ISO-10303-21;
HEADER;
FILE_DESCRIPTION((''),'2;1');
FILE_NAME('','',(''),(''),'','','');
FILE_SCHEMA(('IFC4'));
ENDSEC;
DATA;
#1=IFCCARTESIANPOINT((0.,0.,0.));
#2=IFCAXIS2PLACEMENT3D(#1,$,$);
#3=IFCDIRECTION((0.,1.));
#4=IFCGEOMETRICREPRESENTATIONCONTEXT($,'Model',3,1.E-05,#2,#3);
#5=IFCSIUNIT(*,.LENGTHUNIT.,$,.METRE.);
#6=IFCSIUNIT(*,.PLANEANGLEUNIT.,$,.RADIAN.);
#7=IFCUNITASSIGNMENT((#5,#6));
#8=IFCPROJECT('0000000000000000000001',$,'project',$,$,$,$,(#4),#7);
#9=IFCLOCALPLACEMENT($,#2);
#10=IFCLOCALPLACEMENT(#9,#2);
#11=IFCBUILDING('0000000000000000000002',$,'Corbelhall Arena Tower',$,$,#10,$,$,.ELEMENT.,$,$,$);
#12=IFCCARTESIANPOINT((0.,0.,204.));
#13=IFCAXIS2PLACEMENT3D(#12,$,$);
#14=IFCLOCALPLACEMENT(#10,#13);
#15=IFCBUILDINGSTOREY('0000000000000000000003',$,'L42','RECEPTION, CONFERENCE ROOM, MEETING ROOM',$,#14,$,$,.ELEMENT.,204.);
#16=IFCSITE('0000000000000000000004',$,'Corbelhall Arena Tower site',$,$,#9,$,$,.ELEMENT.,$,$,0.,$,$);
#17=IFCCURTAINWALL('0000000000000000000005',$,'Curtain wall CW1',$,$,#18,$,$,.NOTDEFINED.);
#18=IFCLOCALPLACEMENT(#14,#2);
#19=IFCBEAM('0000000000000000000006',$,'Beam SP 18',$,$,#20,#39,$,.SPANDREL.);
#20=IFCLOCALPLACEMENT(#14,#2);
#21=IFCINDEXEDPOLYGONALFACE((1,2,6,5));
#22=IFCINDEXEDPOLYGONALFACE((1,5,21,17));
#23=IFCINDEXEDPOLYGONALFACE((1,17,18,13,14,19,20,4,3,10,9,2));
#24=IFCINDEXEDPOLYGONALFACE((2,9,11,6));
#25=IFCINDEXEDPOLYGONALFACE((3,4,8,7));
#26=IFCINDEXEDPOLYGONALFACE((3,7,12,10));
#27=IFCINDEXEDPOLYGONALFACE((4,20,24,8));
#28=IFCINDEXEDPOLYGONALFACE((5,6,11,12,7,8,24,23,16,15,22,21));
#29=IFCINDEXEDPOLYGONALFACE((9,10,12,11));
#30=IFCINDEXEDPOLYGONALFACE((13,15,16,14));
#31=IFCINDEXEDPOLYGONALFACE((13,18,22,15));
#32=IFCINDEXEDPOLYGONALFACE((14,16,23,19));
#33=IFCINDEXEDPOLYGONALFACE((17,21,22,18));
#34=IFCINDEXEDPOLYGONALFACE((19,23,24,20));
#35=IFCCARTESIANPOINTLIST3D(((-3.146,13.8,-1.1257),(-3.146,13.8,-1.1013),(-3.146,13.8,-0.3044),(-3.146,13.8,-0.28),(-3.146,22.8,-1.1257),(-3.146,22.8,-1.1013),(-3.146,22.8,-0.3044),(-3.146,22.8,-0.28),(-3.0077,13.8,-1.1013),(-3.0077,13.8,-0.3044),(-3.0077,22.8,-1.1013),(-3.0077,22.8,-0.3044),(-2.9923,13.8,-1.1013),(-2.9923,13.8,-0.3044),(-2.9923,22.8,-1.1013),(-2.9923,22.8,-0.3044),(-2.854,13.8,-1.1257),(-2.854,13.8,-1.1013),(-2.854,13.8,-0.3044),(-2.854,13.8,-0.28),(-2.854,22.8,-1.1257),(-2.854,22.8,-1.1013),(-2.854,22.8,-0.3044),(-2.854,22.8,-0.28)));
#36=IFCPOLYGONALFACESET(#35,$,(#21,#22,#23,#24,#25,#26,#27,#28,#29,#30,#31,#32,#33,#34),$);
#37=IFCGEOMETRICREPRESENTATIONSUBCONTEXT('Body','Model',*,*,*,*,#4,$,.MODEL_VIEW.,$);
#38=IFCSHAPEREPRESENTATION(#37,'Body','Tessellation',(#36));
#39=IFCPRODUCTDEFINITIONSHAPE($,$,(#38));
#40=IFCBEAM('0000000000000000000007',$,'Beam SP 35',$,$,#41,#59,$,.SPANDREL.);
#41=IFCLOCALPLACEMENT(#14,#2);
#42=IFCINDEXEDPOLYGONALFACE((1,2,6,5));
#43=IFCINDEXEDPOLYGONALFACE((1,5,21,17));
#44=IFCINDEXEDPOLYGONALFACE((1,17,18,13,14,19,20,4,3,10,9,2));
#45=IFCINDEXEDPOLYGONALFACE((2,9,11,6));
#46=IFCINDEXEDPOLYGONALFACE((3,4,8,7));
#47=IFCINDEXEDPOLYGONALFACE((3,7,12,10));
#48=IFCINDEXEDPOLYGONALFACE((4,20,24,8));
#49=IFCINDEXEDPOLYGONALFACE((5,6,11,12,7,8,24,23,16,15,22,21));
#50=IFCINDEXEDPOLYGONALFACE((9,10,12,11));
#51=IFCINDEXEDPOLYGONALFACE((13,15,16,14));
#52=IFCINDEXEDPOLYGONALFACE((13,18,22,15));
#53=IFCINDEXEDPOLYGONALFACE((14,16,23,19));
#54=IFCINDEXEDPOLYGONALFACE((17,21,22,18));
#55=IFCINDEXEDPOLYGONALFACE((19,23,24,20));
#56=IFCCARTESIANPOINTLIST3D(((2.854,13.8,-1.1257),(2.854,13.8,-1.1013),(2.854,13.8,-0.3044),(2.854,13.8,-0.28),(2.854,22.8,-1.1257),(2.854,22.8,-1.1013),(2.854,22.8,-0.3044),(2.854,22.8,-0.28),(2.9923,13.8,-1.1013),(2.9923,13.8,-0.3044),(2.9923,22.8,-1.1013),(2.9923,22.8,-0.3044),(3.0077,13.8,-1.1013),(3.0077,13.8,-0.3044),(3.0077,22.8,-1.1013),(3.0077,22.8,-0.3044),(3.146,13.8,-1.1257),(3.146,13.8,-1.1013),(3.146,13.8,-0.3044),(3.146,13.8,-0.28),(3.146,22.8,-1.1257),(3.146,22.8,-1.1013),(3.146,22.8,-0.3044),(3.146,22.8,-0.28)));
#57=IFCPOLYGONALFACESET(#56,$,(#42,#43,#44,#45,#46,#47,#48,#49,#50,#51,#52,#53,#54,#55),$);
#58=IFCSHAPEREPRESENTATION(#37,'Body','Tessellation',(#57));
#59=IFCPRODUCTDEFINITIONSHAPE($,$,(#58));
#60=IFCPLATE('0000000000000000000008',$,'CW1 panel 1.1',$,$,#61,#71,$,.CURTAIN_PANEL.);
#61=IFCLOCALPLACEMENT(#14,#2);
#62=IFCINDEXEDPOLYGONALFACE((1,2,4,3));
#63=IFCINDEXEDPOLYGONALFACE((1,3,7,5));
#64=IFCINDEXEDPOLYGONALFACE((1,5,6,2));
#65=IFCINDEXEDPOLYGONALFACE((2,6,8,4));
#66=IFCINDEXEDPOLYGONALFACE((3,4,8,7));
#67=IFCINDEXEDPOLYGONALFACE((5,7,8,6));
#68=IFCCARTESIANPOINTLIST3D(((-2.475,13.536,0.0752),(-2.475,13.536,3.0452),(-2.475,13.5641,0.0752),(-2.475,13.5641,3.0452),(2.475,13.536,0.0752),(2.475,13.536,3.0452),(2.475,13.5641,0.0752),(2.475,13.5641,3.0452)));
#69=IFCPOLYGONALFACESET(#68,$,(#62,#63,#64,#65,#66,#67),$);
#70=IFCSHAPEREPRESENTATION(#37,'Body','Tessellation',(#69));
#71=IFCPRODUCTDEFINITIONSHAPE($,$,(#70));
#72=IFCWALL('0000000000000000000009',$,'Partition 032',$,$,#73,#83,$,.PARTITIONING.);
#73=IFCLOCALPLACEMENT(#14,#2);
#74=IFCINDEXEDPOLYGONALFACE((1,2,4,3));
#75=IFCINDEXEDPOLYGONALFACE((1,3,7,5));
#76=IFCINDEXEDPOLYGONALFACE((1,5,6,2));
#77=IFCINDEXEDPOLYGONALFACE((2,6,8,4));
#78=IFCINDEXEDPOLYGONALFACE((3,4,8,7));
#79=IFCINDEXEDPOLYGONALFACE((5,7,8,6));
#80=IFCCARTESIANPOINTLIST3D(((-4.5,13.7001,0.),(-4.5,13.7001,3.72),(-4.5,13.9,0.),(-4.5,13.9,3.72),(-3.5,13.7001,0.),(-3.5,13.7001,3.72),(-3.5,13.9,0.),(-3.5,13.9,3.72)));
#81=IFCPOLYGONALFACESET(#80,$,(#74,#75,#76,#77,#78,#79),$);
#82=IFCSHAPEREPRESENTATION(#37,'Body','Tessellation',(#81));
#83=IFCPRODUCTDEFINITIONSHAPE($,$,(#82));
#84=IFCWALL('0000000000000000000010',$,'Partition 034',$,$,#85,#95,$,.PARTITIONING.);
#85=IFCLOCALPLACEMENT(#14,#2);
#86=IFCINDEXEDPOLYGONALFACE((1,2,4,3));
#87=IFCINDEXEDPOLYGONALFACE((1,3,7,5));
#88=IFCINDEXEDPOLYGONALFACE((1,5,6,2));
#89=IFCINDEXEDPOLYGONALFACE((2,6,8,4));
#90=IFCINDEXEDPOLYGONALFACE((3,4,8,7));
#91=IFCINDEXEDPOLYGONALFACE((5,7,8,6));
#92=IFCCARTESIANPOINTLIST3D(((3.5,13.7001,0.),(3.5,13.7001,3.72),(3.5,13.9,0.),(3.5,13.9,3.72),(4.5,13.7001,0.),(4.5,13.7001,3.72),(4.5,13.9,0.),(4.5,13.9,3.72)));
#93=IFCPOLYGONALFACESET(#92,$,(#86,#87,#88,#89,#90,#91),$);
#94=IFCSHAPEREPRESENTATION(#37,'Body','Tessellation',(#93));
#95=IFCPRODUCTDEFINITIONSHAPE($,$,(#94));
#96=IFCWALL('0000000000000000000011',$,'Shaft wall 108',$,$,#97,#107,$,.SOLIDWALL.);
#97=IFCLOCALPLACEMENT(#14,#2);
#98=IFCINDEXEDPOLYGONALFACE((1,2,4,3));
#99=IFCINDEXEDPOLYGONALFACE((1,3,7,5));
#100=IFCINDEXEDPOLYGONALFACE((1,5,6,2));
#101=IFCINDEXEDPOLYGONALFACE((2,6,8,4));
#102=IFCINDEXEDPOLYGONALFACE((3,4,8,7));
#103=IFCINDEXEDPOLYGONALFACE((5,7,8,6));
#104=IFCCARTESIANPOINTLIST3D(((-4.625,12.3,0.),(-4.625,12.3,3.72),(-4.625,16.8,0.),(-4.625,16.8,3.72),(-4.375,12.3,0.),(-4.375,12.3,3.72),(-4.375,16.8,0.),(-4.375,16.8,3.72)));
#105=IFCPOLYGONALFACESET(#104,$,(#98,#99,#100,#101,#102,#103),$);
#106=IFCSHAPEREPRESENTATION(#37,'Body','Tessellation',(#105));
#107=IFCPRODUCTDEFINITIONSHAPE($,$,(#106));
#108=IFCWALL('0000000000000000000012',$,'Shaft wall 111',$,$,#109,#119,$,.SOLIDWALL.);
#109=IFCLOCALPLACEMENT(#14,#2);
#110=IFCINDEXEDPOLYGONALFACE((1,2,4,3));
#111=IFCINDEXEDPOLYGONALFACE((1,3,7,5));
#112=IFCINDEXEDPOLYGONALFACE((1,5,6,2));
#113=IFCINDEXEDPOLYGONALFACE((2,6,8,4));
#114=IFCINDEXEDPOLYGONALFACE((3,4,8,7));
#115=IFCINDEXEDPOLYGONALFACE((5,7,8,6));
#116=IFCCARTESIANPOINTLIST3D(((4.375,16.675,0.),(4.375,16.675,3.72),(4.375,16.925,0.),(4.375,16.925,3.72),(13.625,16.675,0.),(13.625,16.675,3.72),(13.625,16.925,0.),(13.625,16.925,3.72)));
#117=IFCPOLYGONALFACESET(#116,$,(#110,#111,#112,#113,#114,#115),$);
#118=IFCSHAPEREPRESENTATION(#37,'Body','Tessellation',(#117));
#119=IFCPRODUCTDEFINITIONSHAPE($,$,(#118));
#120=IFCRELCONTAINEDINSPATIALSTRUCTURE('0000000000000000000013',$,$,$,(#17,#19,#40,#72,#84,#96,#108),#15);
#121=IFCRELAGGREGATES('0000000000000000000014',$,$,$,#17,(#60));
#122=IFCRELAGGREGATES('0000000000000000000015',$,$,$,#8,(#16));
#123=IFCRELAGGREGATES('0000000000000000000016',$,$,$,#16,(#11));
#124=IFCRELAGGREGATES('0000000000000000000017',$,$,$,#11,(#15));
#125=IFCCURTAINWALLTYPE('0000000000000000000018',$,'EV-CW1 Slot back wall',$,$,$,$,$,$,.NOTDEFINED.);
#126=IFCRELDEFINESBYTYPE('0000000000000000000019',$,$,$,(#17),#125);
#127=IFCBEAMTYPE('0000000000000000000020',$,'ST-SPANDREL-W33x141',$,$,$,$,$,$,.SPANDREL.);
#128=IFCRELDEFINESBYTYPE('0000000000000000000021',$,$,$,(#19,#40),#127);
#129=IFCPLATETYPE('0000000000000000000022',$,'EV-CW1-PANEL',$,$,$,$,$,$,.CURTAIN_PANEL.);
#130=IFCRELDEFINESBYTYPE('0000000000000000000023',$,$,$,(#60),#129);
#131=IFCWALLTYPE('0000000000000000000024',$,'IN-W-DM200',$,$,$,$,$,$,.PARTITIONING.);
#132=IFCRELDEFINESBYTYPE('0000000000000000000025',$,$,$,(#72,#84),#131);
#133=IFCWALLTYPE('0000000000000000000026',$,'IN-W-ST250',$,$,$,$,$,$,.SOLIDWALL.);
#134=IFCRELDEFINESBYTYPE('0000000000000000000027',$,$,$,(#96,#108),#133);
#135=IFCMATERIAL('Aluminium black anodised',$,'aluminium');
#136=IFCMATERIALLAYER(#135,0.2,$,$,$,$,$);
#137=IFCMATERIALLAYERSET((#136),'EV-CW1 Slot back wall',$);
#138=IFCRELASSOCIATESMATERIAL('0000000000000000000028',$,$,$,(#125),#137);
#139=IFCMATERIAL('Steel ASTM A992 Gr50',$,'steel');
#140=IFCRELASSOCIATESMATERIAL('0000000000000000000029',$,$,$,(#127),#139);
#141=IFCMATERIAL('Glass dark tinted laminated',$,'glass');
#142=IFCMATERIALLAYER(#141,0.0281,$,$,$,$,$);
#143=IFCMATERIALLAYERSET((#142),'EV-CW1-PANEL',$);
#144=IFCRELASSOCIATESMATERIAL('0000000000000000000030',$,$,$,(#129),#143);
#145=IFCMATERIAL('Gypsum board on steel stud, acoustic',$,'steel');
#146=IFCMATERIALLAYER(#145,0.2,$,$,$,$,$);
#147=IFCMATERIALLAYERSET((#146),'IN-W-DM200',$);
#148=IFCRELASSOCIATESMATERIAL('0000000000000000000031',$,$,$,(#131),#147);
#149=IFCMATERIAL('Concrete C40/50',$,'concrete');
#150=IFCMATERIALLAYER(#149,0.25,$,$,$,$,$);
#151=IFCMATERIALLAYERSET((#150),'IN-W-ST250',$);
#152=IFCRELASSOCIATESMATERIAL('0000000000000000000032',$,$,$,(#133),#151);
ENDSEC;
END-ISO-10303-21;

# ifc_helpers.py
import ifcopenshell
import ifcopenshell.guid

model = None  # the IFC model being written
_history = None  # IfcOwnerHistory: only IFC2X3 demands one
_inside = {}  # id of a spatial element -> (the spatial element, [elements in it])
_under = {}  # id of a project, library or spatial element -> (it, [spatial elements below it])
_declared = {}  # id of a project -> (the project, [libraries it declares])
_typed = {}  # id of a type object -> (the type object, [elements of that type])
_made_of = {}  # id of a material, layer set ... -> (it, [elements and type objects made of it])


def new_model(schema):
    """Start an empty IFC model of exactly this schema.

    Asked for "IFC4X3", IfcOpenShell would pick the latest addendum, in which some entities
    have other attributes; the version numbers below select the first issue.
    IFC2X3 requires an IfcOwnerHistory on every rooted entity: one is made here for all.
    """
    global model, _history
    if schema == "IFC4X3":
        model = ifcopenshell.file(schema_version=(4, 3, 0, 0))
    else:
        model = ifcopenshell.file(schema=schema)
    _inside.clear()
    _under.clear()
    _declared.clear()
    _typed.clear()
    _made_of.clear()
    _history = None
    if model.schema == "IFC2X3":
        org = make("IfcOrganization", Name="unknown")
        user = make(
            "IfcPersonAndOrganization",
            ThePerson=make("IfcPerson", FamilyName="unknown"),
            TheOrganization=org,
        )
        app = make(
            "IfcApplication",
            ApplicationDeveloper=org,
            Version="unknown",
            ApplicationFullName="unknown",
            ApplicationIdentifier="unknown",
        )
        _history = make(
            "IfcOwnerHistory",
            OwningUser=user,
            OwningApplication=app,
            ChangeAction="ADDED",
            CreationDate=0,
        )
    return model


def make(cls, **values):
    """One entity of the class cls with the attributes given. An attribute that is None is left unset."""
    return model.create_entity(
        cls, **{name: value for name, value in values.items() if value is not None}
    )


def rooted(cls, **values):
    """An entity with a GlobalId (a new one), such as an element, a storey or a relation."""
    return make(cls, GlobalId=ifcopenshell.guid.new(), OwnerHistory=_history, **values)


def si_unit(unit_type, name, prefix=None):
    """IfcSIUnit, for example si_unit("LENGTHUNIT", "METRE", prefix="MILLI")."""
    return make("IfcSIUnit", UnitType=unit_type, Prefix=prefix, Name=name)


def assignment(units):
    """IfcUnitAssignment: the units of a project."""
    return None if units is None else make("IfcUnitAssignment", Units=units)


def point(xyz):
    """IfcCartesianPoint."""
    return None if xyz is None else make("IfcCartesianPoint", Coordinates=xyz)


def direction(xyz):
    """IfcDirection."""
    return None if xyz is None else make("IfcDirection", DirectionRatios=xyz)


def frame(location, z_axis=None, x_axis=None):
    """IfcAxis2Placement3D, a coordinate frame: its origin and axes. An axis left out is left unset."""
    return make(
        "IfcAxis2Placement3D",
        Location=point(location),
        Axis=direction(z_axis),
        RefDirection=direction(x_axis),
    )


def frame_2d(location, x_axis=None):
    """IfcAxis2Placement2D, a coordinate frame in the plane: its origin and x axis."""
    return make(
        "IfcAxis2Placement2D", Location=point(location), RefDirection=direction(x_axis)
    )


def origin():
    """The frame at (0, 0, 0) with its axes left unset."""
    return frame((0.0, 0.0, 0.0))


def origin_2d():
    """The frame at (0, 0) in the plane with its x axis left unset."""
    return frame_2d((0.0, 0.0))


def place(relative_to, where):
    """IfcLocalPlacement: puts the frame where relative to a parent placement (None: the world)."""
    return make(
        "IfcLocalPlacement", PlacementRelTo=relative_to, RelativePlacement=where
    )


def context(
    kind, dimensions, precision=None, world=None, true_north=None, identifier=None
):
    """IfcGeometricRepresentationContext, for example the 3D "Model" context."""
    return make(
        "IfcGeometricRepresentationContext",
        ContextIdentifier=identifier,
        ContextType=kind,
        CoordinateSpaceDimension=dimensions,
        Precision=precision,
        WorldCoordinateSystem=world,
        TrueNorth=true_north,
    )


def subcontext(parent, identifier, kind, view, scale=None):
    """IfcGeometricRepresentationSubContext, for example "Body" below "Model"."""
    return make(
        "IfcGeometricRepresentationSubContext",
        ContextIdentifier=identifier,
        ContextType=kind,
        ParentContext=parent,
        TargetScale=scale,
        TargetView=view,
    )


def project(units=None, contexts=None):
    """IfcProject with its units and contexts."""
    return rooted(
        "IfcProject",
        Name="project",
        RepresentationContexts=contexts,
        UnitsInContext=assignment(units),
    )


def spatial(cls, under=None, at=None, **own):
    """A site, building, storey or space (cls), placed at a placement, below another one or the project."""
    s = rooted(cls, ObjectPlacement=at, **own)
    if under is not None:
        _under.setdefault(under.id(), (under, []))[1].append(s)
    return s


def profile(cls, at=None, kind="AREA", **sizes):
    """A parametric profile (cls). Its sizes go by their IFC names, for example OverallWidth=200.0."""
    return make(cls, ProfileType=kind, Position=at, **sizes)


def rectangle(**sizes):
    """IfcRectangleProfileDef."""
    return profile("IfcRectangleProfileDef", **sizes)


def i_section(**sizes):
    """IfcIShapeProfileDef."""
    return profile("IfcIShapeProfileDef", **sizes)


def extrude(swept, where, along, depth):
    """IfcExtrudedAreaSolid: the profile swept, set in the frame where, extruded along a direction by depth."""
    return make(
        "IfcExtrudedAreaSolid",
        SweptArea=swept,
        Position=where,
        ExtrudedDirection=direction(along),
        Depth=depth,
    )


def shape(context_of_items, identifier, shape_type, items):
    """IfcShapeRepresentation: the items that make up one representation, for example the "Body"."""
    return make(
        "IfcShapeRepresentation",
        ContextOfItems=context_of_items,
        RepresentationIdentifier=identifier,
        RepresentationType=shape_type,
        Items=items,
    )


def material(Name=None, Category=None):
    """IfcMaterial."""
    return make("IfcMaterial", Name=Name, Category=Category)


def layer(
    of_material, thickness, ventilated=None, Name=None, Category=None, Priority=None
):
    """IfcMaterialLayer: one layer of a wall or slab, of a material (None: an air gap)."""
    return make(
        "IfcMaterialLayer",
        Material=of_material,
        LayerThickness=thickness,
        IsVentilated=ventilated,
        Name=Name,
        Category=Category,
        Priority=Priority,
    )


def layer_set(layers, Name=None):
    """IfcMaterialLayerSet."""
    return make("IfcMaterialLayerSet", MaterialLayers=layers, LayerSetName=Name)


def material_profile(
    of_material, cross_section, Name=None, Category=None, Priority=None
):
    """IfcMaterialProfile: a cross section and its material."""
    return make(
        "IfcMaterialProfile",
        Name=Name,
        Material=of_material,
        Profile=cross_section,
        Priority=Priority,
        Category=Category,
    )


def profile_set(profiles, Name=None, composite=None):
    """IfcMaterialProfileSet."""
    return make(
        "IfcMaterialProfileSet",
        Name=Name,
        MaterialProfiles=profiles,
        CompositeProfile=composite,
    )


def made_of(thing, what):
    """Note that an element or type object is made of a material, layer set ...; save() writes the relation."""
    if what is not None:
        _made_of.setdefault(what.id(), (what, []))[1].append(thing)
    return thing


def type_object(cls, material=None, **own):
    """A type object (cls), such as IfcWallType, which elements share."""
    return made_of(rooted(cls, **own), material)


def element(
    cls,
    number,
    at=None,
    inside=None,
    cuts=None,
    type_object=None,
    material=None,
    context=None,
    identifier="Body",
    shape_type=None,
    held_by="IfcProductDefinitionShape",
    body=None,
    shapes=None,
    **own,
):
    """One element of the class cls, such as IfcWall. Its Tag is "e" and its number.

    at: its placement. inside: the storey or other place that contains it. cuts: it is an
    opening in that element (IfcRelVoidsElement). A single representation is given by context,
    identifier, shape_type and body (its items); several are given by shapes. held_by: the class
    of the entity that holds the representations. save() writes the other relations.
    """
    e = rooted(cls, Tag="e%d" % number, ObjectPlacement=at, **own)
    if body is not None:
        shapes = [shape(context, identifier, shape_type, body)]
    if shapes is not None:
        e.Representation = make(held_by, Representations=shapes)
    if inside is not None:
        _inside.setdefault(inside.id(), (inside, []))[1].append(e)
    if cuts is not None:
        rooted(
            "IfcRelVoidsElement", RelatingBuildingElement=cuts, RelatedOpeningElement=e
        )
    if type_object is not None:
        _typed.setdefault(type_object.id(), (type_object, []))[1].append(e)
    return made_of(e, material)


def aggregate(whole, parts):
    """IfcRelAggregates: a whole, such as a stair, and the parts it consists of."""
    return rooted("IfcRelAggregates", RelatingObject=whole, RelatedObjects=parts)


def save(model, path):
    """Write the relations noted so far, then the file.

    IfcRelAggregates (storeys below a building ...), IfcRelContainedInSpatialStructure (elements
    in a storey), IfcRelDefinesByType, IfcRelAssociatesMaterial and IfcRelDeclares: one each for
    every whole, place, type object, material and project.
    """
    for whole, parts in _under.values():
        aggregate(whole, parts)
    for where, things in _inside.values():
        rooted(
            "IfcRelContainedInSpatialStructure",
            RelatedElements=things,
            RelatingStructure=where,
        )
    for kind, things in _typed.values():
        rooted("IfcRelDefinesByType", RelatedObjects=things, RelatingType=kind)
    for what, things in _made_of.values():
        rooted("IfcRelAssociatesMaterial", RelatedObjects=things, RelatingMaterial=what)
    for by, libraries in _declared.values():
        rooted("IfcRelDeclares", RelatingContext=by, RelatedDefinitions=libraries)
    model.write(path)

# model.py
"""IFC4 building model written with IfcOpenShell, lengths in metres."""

from ifc_helpers import new_model, si_unit, direction, frame, frame_2d, origin, origin_2d, place, context, subcontext, project, spatial, rectangle, i_section, extrude, material, layer, layer_set, material_profile, profile_set, type_object, element, aggregate, save


model = new_model("IFC4")

# Units and contexts
model_context = context("Model", 3, precision=1e-05, world=origin(), true_north=direction((0.0, 1.0)))
body_context = subcontext(model_context, "Body", "Model", "MODEL_VIEW")
ifc_project = project(units=[si_unit("LENGTHUNIT", "METRE"), si_unit("PLANEANGLEUNIT", "RADIAN")], contexts=[model_context])

# Site, building, storey
site_placement = place(None, origin())
site = spatial("IfcSite", under=ifc_project, at=site_placement, Name="Corbelhall Arena Tower site", CompositionType="ELEMENT", RefElevation=0.0)
building_placement = place(site_placement, origin())
building = spatial("IfcBuilding", under=site, at=building_placement, Name="Corbelhall Arena Tower", CompositionType="ELEMENT")
storey_placement = place(building_placement, frame((0.0, 0.0, 204.0)))
storey = spatial("IfcBuildingStorey", under=building, at=storey_placement, Name="L42", Description="RECEPTION, CONFERENCE ROOM, MEETING ROOM", CompositionType="ELEMENT", Elevation=204.0)

# Curtain wall
ifc_material_1 = material(Name="Aluminium black anodised", Category="aluminium")
ifc_layer_1 = layer(ifc_material_1, 0.2)
ifc_layer_set_1 = layer_set([ifc_layer_1], Name="EV-CW1 Slot back wall")
curtain_wall_type = type_object("IfcCurtainWallType", Name="EV-CW1 Slot back wall", PredefinedType="NOTDEFINED", material=ifc_layer_set_1)
curtain_wall_placement = place(storey_placement, origin())
curtain_wall = element("IfcCurtainWall", 1, at=curtain_wall_placement, inside=storey, type_object=curtain_wall_type, Name="Curtain wall CW1", PredefinedType="NOTDEFINED")

# Beams
ifc_material_2 = material(Name="Steel ASTM A992 Gr50", Category="steel")
ifc_material_profile_1 = material_profile(ifc_material_2, i_section(OverallWidth=0.292, OverallDepth=0.8457, WebThickness=0.0154, FlangeThickness=0.0244, at=origin_2d()))
ifc_profile_set_1 = profile_set([ifc_material_profile_1], Name="Steel ASTM A992 Gr50")
beam_type_1 = type_object("IfcBeamType", Name="ST-SPANDREL-W33x141", PredefinedType="SPANDREL", material=ifc_profile_set_1)
for number, where, z_axis, x_axis, name in (
    (2, (-3.0, 22.8, -0.7029), (0.0, -1.0, 0.0), (1.0, 0.0, 0.0), "Beam SP 18"),
    (3, (3.0, 13.8, -0.7029), (0.0, 1.0, 0.0), (-1.0, 0.0, 0.0), "Beam SP 35"),
):
    element("IfcBeam", number, at=place(storey_placement, frame(where, z_axis=z_axis, x_axis=x_axis)), inside=storey, type_object=beam_type_1, Name=name, PredefinedType="SPANDREL", context=body_context, shape_type="SweptSolid", body=[
        extrude(i_section(OverallWidth=0.292, OverallDepth=0.8457, WebThickness=0.0154, FlangeThickness=0.0244, at=origin_2d()), origin(), (0.0, 0.0, 1.0), 9.0),
    ])

# Plate
ifc_material_3 = material(Name="Glass dark tinted laminated", Category="glass")
ifc_layer_2 = layer(ifc_material_3, 0.0281)
ifc_layer_set_2 = layer_set([ifc_layer_2], Name="EV-CW1-PANEL")
plate_type = type_object("IfcPlateType", Name="EV-CW1-PANEL", PredefinedType="CURTAIN_PANEL", material=ifc_layer_set_2)
plate_placement = place(storey_placement, frame((0.0, 13.55, 0.0752), z_axis=(0.0, 0.0, 1.0), x_axis=(-1.0, 0.0, 0.0)))
plate = element("IfcPlate", 4, at=plate_placement, type_object=plate_type, Name="CW1 panel 1.1", PredefinedType="CURTAIN_PANEL", context=body_context, shape_type="SweptSolid", body=[
    extrude(rectangle(XDim=4.95, YDim=0.0281, at=origin_2d()), origin(), (0.0, 0.0, 1.0), 2.97),
])
aggregate(curtain_wall, [plate])

# Walls
ifc_material_4 = material(Name="Gypsum board on steel stud, acoustic", Category="steel")
ifc_layer_3 = layer(ifc_material_4, 0.2)
ifc_layer_set_3 = layer_set([ifc_layer_3], Name="IN-W-DM200")
wall_type_1 = type_object("IfcWallType", Name="IN-W-DM200", PredefinedType="PARTITIONING", material=ifc_layer_set_3)
for number, where, z_axis, x_axis, name in (
    (5, (-4.5, 13.8, 0.0), (0.0, 0.0, 1.0), (1.0, 0.0, 0.0), "Partition 032"),
    (6, (3.5, 13.8, 0.0), (0.0, 0.0, 1.0), (1.0, 0.0, 0.0), "Partition 034"),
):
    element("IfcWall", number, at=place(storey_placement, frame(where, z_axis=z_axis, x_axis=x_axis)), inside=storey, type_object=wall_type_1, Name=name, PredefinedType="PARTITIONING", context=body_context, shape_type="SweptSolid", body=[
        extrude(rectangle(XDim=1.0, YDim=0.2, at=frame_2d((0.5, 0.0))), origin(), (0.0, 0.0, 1.0), 3.72),
    ])
ifc_material_5 = material(Name="Concrete C40/50", Category="concrete")
ifc_layer_4 = layer(ifc_material_5, 0.25)
ifc_layer_set_4 = layer_set([ifc_layer_4], Name="IN-W-ST250")
wall_type_2 = type_object("IfcWallType", Name="IN-W-ST250", PredefinedType="SOLIDWALL", material=ifc_layer_set_4)
wall_1_placement = place(storey_placement, frame((-4.5, 16.8, 0.0), z_axis=(0.0, 0.0, 1.0), x_axis=(0.0, -1.0, 0.0)))
element("IfcWall", 7, at=wall_1_placement, inside=storey, type_object=wall_type_2, Name="Shaft wall 108", PredefinedType="SOLIDWALL", context=body_context, shape_type="SweptSolid", body=[
    extrude(rectangle(XDim=4.5, YDim=0.25, at=frame_2d((2.25, 0.0))), origin(), (0.0, 0.0, 1.0), 3.72),
])
wall_2_placement = place(storey_placement, frame((4.375, 16.8, 0.0), z_axis=(0.0, 0.0, 1.0), x_axis=(1.0, 0.0, 0.0)))
element("IfcWall", 8, at=wall_2_placement, inside=storey, type_object=wall_type_2, Name="Shaft wall 111", PredefinedType="SOLIDWALL", context=body_context, shape_type="SweptSolid", body=[
    extrude(rectangle(XDim=9.25, YDim=0.25, at=frame_2d((4.625, 0.0))), origin(), (0.0, 0.0, 1.0), 3.72),
])

save(model, "model.ifc")
